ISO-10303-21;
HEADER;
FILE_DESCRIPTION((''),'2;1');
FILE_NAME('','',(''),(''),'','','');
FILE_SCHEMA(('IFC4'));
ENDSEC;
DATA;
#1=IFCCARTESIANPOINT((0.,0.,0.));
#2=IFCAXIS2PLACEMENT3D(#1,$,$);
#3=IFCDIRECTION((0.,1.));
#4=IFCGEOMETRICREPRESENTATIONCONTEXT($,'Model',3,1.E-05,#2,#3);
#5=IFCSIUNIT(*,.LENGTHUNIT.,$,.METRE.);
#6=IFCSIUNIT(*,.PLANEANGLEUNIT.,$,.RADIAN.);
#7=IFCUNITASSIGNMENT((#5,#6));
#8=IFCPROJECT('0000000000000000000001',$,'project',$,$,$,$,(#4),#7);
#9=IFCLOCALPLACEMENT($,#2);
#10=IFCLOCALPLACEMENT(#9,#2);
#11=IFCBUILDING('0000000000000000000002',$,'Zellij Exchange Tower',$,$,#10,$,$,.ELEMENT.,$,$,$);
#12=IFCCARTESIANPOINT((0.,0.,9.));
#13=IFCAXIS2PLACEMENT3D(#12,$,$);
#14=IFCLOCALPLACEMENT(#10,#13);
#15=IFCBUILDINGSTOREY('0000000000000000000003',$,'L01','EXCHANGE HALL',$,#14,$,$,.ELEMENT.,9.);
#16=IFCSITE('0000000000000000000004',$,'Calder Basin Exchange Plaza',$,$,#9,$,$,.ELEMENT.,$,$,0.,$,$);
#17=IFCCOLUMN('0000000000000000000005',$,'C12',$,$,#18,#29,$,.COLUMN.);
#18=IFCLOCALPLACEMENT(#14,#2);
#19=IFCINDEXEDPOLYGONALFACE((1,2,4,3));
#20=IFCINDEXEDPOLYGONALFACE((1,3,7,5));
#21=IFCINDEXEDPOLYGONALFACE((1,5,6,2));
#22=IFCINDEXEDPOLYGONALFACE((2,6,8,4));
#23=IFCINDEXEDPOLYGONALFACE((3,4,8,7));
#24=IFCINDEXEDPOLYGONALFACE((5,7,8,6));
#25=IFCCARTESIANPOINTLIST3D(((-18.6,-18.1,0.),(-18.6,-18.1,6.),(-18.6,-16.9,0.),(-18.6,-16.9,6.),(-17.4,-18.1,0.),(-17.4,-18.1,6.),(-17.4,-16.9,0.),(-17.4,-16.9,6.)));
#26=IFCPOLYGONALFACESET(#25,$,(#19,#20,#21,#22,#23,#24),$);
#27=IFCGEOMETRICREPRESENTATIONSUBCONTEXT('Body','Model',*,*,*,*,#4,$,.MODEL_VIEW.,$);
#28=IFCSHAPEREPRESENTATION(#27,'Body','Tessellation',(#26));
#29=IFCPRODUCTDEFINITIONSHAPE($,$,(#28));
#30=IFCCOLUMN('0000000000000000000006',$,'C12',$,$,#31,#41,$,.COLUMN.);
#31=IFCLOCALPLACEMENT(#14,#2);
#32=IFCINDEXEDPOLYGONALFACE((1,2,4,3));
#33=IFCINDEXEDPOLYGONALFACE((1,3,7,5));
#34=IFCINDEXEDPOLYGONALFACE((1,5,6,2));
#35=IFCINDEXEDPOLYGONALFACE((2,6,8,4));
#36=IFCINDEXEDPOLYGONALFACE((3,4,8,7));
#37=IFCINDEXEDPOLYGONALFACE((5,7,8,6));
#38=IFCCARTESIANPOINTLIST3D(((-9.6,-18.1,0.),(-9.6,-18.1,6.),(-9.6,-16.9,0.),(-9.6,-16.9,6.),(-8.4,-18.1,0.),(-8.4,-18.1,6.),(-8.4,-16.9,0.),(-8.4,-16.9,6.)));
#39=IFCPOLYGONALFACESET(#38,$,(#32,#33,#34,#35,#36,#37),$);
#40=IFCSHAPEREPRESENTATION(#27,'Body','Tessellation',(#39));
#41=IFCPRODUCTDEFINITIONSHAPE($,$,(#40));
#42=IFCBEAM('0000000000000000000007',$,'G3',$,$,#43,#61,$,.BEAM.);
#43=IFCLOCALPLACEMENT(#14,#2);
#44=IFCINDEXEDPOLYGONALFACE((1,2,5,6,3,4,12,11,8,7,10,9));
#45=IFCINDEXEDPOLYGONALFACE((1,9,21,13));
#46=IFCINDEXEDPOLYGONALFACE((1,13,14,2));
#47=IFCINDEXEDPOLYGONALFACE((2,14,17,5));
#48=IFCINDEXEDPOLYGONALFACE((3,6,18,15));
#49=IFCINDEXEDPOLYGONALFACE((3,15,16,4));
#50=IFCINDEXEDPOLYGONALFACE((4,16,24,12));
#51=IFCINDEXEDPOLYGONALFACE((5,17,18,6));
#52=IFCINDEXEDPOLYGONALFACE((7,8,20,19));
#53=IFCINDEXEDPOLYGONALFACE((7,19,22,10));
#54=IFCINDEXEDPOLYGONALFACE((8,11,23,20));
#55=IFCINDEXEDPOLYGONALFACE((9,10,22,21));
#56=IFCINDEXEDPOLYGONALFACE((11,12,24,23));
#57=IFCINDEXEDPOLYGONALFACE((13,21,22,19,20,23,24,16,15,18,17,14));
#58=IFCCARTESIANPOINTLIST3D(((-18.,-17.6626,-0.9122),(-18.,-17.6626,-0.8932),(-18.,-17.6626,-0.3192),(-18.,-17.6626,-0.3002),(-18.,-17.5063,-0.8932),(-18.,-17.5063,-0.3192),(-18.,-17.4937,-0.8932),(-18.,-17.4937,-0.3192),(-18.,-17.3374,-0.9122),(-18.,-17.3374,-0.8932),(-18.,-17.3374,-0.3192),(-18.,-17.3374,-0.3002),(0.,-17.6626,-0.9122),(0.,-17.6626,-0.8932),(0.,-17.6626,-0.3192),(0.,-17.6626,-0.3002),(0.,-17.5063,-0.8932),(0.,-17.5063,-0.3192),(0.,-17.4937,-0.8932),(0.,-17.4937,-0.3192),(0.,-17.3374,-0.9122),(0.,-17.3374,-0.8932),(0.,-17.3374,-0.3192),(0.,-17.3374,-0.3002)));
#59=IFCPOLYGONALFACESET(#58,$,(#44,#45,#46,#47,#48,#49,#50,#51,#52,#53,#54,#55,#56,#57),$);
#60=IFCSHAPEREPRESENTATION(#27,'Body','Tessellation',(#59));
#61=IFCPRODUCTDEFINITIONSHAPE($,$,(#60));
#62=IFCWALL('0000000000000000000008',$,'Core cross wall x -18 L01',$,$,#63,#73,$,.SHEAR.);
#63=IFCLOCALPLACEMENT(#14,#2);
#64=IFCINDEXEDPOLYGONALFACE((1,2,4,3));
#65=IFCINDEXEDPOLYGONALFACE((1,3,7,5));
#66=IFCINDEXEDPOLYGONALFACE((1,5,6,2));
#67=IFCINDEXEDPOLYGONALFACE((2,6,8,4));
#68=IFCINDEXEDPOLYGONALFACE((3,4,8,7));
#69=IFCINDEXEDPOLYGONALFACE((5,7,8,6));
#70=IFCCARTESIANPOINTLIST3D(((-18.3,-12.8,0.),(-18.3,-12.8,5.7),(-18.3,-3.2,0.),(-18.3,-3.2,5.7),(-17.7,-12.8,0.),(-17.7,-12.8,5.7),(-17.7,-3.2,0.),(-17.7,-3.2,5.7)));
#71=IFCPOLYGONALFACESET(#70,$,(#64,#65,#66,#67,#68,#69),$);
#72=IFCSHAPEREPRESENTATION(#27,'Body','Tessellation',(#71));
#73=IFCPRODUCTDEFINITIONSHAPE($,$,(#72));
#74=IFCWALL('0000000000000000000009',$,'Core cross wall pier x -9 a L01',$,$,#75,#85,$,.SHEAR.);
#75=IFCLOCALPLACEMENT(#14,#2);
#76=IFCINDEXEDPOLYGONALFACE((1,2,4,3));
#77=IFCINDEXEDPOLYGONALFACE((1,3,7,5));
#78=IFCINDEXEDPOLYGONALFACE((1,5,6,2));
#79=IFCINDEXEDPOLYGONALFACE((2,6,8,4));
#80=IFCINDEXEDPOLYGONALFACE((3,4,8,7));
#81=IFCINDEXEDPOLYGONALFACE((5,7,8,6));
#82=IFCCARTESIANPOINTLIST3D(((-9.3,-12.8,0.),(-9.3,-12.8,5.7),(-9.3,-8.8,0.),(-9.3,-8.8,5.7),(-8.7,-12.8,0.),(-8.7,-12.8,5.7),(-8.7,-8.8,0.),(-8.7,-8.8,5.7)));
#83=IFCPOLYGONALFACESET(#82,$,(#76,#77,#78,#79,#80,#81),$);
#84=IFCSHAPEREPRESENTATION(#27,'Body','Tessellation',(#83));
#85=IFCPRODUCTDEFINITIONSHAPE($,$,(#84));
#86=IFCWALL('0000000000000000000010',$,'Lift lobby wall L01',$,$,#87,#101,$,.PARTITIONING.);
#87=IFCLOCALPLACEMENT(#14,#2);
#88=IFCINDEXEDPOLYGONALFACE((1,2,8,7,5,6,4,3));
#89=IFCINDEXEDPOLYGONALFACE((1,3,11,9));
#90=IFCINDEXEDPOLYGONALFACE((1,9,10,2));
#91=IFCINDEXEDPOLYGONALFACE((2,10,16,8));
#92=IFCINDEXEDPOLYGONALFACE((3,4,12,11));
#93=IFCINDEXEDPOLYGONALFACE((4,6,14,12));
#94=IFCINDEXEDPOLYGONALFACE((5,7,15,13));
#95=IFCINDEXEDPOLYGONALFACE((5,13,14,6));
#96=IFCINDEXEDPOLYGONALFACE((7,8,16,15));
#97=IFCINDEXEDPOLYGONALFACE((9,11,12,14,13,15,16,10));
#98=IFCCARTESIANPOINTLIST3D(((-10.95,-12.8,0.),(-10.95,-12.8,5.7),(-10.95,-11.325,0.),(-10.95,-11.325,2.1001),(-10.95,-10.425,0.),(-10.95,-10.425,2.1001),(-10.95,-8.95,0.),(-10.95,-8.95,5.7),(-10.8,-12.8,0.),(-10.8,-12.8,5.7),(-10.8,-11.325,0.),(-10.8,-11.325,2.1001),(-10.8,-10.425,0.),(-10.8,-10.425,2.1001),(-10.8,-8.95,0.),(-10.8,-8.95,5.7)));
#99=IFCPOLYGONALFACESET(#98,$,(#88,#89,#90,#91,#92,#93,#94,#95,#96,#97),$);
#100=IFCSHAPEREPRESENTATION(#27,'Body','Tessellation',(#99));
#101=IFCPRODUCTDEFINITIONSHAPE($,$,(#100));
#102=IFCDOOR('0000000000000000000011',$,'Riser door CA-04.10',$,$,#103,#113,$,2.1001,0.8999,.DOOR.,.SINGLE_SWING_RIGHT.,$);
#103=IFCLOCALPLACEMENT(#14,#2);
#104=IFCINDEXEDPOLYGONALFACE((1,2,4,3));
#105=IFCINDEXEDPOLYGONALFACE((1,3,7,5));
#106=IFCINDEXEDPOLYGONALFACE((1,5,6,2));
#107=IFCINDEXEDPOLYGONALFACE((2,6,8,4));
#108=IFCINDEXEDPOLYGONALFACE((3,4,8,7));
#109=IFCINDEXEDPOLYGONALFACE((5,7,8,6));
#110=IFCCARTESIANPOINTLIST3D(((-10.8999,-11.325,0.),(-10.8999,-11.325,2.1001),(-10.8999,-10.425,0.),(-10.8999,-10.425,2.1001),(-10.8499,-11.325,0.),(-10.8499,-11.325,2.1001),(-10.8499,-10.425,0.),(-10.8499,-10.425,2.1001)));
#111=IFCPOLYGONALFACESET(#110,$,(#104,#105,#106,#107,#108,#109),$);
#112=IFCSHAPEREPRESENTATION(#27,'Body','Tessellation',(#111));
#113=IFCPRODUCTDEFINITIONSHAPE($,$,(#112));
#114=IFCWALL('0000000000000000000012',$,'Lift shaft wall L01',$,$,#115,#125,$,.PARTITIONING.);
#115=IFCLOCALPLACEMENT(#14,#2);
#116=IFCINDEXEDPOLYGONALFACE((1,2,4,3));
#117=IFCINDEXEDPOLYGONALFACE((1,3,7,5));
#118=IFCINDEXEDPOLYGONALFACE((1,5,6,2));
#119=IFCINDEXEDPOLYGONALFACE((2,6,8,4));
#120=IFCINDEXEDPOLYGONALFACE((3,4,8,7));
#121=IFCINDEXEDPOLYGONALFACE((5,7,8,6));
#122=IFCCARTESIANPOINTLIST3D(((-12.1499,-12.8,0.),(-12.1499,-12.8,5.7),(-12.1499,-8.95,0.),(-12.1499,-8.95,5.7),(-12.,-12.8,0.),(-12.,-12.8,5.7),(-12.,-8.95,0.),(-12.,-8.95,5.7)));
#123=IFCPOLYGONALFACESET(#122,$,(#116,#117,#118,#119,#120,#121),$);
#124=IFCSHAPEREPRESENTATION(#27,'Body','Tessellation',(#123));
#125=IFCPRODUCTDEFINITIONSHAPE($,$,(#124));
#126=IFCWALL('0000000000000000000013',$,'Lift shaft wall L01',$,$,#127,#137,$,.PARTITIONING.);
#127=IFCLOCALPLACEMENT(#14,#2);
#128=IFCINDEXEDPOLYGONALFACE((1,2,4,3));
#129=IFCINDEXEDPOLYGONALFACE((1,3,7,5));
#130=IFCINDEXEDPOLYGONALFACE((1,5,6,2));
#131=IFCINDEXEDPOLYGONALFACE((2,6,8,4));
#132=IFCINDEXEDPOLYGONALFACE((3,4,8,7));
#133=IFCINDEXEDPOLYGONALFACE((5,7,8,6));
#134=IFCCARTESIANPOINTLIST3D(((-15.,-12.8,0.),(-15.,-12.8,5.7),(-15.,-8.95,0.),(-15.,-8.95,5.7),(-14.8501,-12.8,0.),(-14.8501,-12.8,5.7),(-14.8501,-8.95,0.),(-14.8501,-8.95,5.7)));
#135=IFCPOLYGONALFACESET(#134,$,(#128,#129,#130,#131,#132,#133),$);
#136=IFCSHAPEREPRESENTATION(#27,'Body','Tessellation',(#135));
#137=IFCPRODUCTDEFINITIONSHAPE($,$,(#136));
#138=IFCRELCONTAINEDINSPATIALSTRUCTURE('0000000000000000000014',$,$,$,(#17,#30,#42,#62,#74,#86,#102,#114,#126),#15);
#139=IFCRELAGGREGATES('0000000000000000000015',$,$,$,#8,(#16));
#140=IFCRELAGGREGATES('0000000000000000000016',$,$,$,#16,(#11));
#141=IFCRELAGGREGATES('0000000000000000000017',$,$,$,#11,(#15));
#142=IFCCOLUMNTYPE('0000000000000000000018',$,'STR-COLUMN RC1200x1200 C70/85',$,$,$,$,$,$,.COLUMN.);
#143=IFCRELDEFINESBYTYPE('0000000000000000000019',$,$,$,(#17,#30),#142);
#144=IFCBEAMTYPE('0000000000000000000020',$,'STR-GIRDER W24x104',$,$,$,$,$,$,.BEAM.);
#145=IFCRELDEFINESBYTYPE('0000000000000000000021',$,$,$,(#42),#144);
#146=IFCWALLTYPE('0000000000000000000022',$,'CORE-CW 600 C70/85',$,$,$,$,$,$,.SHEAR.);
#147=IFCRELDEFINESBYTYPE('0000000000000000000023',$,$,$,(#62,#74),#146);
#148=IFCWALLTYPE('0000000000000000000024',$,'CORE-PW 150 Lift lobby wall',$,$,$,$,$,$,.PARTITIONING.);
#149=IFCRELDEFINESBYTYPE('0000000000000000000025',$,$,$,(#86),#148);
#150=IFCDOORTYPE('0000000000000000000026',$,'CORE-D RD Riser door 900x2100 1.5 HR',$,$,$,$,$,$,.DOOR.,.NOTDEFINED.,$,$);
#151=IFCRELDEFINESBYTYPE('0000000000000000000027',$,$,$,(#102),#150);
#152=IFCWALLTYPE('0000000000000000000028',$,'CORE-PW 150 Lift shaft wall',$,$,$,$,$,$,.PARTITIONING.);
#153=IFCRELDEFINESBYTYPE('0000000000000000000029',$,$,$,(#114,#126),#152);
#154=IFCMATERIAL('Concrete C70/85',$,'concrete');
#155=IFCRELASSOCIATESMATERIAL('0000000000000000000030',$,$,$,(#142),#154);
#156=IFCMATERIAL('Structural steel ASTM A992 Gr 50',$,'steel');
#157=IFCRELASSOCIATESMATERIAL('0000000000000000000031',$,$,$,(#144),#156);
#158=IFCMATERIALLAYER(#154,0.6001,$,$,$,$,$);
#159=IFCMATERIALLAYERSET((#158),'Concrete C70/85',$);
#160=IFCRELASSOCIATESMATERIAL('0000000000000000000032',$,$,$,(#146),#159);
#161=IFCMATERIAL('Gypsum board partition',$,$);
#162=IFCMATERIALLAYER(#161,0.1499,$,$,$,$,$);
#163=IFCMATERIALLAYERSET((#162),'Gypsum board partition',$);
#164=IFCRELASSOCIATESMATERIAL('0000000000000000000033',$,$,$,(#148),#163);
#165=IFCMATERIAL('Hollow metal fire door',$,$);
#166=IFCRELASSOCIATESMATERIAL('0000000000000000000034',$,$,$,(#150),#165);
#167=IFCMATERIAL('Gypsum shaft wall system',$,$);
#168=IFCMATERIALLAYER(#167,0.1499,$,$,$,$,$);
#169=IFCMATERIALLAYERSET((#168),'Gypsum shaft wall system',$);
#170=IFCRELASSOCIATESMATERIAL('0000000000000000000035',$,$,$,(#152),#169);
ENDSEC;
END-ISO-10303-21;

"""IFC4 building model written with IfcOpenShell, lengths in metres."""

from ifc_helpers import new_model, si_unit, direction, frame, frame_2d, origin, origin_2d, place, context, subcontext, project, spatial, rectangle, i_section, extrude, material, layer, layer_set, material_profile, profile_set, type_object, element, fill, save


model = new_model("IFC4")

# Units and contexts
model_context = context("Model", 3, precision=1e-05, world=origin(), true_north=direction((0.0, 1.0)))
body_context = subcontext(model_context, "Body", "Model", "MODEL_VIEW")
ifc_project = project(units=[si_unit("LENGTHUNIT", "METRE"), si_unit("PLANEANGLEUNIT", "RADIAN")], contexts=[model_context])

# Site, building, storey
site_placement = place(None, origin())
site = spatial("IfcSite", under=ifc_project, at=site_placement, Name="Calder Basin Exchange Plaza", CompositionType="ELEMENT", RefElevation=0.0)
building_placement = place(site_placement, origin())
building = spatial("IfcBuilding", under=site, at=building_placement, Name="Zellij Exchange Tower", CompositionType="ELEMENT")
storey_placement = place(building_placement, frame((0.0, 0.0, 9.0)))
storey = spatial("IfcBuildingStorey", under=building, at=storey_placement, Name="L01", Description="EXCHANGE HALL", CompositionType="ELEMENT", Elevation=9.0)

# Columns
ifc_material_1 = material(Name="Concrete C70/85", Category="concrete")
ifc_material_profile_1 = material_profile(ifc_material_1, rectangle(XDim=1.2, YDim=1.2, at=origin_2d()), Name="STR-COLUMN RC1200x1200 C70/85")
ifc_profile_set_1 = profile_set([ifc_material_profile_1], Name="Concrete C70/85")
column_type = type_object("IfcColumnType", Name="STR-COLUMN RC1200x1200 C70/85", PredefinedType="COLUMN", material=ifc_profile_set_1)
for number, where, z_axis, x_axis, name in (
    (1, (-18.0, -17.5, 0.0), (0.0, 0.0, 1.0), (1.0, 0.0, 0.0), "C12"),
    (2, (-9.0, -17.5, 0.0), (0.0, 0.0, 1.0), (1.0, 0.0, 0.0), "C12"),
):
    element("IfcColumn", number, at=place(storey_placement, frame(where, z_axis=z_axis, x_axis=x_axis)), inside=storey, type_object=column_type, Name=name, PredefinedType="COLUMN", context=body_context, shape_type="SweptSolid", body=[
        extrude(rectangle(XDim=1.2, YDim=1.2, at=origin_2d()), origin(), (0.0, 0.0, 1.0), 6.0),
    ])

# Beam
ifc_material_2 = material(Name="Structural steel ASTM A992 Gr 50", Category="steel")
ifc_material_profile_2 = material_profile(ifc_material_2, i_section(OverallWidth=0.3252, OverallDepth=0.6121, WebThickness=0.0127, FlangeThickness=0.019, at=origin_2d()), Name="W24x104")
ifc_profile_set_2 = profile_set([ifc_material_profile_2], Name="Structural steel ASTM A992 Gr 50")
beam_type = type_object("IfcBeamType", Name="STR-GIRDER W24x104", PredefinedType="BEAM", material=ifc_profile_set_2)
beam_placement = place(storey_placement, frame((-18.0, -17.5, -0.6062), z_axis=(1.0, 0.0, 0.0), x_axis=(0.0, 1.0, 0.0)))
element("IfcBeam", 3, at=beam_placement, inside=storey, type_object=beam_type, Name="G3", PredefinedType="BEAM", context=body_context, shape_type="SweptSolid", body=[
    extrude(i_section(OverallWidth=0.3252, OverallDepth=0.6121, WebThickness=0.0127, FlangeThickness=0.019, at=origin_2d()), origin(), (0.0, 0.0, 1.0), 18.0),
])

# Walls
ifc_layer_1 = layer(ifc_material_1, 0.6001)
ifc_layer_set_1 = layer_set([ifc_layer_1], Name="Concrete C70/85")
wall_type_1 = type_object("IfcWallType", Name="CORE-CW 600 C70/85", PredefinedType="SHEAR", material=ifc_layer_set_1)
wall_1_placement = place(storey_placement, frame((-18.0, -12.8, 0.0), z_axis=(0.0, 0.0, 1.0), x_axis=(0.0, 1.0, 0.0)))
element("IfcWall", 4, at=wall_1_placement, inside=storey, type_object=wall_type_1, Name="Core cross wall x -18 L01", PredefinedType="SHEAR", context=body_context, shape_type="SweptSolid", body=[
    extrude(rectangle(XDim=9.6001, YDim=0.6001, at=frame_2d((4.8, 0.0))), origin(), (0.0, 0.0, 1.0), 5.7),
])
wall_2_placement = place(storey_placement, frame((-9.0, -12.8, 0.0), z_axis=(0.0, 0.0, 1.0), x_axis=(0.0, 1.0, 0.0)))
element("IfcWall", 5, at=wall_2_placement, inside=storey, type_object=wall_type_1, Name="Core cross wall pier x -9 a L01", PredefinedType="SHEAR", context=body_context, shape_type="SweptSolid", body=[
    extrude(rectangle(XDim=4.0, YDim=0.6001, at=frame_2d((2.0, 0.0))), origin(), (0.0, 0.0, 1.0), 5.7),
])

# Wall, opening, door
ifc_material_3 = material(Name="Gypsum board partition")
ifc_layer_2 = layer(ifc_material_3, 0.1499)
ifc_layer_set_2 = layer_set([ifc_layer_2], Name="Gypsum board partition")
wall_type_2 = type_object("IfcWallType", Name="CORE-PW 150 Lift lobby wall", PredefinedType="PARTITIONING", material=ifc_layer_set_2)
wall_3_placement = place(storey_placement, frame((-10.875, -12.8, 0.0), z_axis=(0.0, 0.0, 1.0), x_axis=(0.0, 1.0, 0.0)))
wall_3 = element("IfcWall", 6, at=wall_3_placement, inside=storey, type_object=wall_type_2, Name="Lift lobby wall L01", PredefinedType="PARTITIONING", context=body_context, shape_type="SweptSolid", body=[
    extrude(rectangle(XDim=3.8501, YDim=0.1499, at=frame_2d((1.925, 0.0))), origin(), (0.0, 0.0, 1.0), 5.7),
])
opening_1_placement = place(wall_3_placement, frame((1.4751, 0.0, 0.0)))
opening_1 = element("IfcOpeningElement", 7, at=opening_1_placement, cuts=wall_3, PredefinedType="OPENING", context=body_context, shape_type="SweptSolid", body=[
    extrude(rectangle(XDim=0.8999, YDim=2.1001, at=frame_2d((0.45, 1.05))), frame((0.0, 0.0869, 0.0), z_axis=(0.0, -1.0, 0.0), x_axis=(1.0, 0.0, 0.0)), (0.0, 0.0, 1.0), 0.1738),
])
ifc_material_4 = material(Name="Hollow metal fire door")
door_type_1 = type_object("IfcDoorType", Name="CORE-D RD Riser door 900x2100 1.5 HR", OperationType="NOTDEFINED", PredefinedType="DOOR", material=ifc_material_4)
door_1_placement = place(opening_1_placement, origin())
door_1 = element("IfcDoor", 8, at=door_1_placement, inside=storey, type_object=door_type_1, Name="Riser door CA-04.10", OperationType="SINGLE_SWING_RIGHT", OverallHeight=2.1001, OverallWidth=0.8999, PredefinedType="DOOR", context=body_context, shape_type="SweptSolid", body=[
    extrude(rectangle(XDim=0.8999, YDim=2.1001, at=frame_2d((0.45, 1.05))), frame((0.0, 0.0249, 0.0), z_axis=(0.0, -1.0, 0.0), x_axis=(1.0, 0.0, 0.0)), (0.0, 0.0, 1.0), 0.05),
])
fill(opening_1, door_1)

# Walls
ifc_material_5 = material(Name="Gypsum shaft wall system")
ifc_layer_3 = layer(ifc_material_5, 0.1499)
ifc_layer_set_3 = layer_set([ifc_layer_3], Name="Gypsum shaft wall system")
wall_type_3 = type_object("IfcWallType", Name="CORE-PW 150 Lift shaft wall", PredefinedType="PARTITIONING", material=ifc_layer_set_3)
for number, where, z_axis, x_axis, name in (
    (9, (-12.075, -12.8, 0.0), (0.0, 0.0, 1.0), (0.0, 1.0, 0.0), "Lift shaft wall L01"),
    (10, (-14.925, -12.8, 0.0), (0.0, 0.0, 1.0), (0.0, 1.0, 0.0), "Lift shaft wall L01"),
):
    element("IfcWall", number, at=place(storey_placement, frame(where, z_axis=z_axis, x_axis=x_axis)), inside=storey, type_object=wall_type_3, Name=name, PredefinedType="PARTITIONING", context=body_context, shape_type="SweptSolid", body=[
        extrude(rectangle(XDim=3.8501, YDim=0.1499, at=frame_2d((1.925, 0.0))), origin(), (0.0, 0.0, 1.0), 5.7),
    ])

save(model, "model.ifc")
